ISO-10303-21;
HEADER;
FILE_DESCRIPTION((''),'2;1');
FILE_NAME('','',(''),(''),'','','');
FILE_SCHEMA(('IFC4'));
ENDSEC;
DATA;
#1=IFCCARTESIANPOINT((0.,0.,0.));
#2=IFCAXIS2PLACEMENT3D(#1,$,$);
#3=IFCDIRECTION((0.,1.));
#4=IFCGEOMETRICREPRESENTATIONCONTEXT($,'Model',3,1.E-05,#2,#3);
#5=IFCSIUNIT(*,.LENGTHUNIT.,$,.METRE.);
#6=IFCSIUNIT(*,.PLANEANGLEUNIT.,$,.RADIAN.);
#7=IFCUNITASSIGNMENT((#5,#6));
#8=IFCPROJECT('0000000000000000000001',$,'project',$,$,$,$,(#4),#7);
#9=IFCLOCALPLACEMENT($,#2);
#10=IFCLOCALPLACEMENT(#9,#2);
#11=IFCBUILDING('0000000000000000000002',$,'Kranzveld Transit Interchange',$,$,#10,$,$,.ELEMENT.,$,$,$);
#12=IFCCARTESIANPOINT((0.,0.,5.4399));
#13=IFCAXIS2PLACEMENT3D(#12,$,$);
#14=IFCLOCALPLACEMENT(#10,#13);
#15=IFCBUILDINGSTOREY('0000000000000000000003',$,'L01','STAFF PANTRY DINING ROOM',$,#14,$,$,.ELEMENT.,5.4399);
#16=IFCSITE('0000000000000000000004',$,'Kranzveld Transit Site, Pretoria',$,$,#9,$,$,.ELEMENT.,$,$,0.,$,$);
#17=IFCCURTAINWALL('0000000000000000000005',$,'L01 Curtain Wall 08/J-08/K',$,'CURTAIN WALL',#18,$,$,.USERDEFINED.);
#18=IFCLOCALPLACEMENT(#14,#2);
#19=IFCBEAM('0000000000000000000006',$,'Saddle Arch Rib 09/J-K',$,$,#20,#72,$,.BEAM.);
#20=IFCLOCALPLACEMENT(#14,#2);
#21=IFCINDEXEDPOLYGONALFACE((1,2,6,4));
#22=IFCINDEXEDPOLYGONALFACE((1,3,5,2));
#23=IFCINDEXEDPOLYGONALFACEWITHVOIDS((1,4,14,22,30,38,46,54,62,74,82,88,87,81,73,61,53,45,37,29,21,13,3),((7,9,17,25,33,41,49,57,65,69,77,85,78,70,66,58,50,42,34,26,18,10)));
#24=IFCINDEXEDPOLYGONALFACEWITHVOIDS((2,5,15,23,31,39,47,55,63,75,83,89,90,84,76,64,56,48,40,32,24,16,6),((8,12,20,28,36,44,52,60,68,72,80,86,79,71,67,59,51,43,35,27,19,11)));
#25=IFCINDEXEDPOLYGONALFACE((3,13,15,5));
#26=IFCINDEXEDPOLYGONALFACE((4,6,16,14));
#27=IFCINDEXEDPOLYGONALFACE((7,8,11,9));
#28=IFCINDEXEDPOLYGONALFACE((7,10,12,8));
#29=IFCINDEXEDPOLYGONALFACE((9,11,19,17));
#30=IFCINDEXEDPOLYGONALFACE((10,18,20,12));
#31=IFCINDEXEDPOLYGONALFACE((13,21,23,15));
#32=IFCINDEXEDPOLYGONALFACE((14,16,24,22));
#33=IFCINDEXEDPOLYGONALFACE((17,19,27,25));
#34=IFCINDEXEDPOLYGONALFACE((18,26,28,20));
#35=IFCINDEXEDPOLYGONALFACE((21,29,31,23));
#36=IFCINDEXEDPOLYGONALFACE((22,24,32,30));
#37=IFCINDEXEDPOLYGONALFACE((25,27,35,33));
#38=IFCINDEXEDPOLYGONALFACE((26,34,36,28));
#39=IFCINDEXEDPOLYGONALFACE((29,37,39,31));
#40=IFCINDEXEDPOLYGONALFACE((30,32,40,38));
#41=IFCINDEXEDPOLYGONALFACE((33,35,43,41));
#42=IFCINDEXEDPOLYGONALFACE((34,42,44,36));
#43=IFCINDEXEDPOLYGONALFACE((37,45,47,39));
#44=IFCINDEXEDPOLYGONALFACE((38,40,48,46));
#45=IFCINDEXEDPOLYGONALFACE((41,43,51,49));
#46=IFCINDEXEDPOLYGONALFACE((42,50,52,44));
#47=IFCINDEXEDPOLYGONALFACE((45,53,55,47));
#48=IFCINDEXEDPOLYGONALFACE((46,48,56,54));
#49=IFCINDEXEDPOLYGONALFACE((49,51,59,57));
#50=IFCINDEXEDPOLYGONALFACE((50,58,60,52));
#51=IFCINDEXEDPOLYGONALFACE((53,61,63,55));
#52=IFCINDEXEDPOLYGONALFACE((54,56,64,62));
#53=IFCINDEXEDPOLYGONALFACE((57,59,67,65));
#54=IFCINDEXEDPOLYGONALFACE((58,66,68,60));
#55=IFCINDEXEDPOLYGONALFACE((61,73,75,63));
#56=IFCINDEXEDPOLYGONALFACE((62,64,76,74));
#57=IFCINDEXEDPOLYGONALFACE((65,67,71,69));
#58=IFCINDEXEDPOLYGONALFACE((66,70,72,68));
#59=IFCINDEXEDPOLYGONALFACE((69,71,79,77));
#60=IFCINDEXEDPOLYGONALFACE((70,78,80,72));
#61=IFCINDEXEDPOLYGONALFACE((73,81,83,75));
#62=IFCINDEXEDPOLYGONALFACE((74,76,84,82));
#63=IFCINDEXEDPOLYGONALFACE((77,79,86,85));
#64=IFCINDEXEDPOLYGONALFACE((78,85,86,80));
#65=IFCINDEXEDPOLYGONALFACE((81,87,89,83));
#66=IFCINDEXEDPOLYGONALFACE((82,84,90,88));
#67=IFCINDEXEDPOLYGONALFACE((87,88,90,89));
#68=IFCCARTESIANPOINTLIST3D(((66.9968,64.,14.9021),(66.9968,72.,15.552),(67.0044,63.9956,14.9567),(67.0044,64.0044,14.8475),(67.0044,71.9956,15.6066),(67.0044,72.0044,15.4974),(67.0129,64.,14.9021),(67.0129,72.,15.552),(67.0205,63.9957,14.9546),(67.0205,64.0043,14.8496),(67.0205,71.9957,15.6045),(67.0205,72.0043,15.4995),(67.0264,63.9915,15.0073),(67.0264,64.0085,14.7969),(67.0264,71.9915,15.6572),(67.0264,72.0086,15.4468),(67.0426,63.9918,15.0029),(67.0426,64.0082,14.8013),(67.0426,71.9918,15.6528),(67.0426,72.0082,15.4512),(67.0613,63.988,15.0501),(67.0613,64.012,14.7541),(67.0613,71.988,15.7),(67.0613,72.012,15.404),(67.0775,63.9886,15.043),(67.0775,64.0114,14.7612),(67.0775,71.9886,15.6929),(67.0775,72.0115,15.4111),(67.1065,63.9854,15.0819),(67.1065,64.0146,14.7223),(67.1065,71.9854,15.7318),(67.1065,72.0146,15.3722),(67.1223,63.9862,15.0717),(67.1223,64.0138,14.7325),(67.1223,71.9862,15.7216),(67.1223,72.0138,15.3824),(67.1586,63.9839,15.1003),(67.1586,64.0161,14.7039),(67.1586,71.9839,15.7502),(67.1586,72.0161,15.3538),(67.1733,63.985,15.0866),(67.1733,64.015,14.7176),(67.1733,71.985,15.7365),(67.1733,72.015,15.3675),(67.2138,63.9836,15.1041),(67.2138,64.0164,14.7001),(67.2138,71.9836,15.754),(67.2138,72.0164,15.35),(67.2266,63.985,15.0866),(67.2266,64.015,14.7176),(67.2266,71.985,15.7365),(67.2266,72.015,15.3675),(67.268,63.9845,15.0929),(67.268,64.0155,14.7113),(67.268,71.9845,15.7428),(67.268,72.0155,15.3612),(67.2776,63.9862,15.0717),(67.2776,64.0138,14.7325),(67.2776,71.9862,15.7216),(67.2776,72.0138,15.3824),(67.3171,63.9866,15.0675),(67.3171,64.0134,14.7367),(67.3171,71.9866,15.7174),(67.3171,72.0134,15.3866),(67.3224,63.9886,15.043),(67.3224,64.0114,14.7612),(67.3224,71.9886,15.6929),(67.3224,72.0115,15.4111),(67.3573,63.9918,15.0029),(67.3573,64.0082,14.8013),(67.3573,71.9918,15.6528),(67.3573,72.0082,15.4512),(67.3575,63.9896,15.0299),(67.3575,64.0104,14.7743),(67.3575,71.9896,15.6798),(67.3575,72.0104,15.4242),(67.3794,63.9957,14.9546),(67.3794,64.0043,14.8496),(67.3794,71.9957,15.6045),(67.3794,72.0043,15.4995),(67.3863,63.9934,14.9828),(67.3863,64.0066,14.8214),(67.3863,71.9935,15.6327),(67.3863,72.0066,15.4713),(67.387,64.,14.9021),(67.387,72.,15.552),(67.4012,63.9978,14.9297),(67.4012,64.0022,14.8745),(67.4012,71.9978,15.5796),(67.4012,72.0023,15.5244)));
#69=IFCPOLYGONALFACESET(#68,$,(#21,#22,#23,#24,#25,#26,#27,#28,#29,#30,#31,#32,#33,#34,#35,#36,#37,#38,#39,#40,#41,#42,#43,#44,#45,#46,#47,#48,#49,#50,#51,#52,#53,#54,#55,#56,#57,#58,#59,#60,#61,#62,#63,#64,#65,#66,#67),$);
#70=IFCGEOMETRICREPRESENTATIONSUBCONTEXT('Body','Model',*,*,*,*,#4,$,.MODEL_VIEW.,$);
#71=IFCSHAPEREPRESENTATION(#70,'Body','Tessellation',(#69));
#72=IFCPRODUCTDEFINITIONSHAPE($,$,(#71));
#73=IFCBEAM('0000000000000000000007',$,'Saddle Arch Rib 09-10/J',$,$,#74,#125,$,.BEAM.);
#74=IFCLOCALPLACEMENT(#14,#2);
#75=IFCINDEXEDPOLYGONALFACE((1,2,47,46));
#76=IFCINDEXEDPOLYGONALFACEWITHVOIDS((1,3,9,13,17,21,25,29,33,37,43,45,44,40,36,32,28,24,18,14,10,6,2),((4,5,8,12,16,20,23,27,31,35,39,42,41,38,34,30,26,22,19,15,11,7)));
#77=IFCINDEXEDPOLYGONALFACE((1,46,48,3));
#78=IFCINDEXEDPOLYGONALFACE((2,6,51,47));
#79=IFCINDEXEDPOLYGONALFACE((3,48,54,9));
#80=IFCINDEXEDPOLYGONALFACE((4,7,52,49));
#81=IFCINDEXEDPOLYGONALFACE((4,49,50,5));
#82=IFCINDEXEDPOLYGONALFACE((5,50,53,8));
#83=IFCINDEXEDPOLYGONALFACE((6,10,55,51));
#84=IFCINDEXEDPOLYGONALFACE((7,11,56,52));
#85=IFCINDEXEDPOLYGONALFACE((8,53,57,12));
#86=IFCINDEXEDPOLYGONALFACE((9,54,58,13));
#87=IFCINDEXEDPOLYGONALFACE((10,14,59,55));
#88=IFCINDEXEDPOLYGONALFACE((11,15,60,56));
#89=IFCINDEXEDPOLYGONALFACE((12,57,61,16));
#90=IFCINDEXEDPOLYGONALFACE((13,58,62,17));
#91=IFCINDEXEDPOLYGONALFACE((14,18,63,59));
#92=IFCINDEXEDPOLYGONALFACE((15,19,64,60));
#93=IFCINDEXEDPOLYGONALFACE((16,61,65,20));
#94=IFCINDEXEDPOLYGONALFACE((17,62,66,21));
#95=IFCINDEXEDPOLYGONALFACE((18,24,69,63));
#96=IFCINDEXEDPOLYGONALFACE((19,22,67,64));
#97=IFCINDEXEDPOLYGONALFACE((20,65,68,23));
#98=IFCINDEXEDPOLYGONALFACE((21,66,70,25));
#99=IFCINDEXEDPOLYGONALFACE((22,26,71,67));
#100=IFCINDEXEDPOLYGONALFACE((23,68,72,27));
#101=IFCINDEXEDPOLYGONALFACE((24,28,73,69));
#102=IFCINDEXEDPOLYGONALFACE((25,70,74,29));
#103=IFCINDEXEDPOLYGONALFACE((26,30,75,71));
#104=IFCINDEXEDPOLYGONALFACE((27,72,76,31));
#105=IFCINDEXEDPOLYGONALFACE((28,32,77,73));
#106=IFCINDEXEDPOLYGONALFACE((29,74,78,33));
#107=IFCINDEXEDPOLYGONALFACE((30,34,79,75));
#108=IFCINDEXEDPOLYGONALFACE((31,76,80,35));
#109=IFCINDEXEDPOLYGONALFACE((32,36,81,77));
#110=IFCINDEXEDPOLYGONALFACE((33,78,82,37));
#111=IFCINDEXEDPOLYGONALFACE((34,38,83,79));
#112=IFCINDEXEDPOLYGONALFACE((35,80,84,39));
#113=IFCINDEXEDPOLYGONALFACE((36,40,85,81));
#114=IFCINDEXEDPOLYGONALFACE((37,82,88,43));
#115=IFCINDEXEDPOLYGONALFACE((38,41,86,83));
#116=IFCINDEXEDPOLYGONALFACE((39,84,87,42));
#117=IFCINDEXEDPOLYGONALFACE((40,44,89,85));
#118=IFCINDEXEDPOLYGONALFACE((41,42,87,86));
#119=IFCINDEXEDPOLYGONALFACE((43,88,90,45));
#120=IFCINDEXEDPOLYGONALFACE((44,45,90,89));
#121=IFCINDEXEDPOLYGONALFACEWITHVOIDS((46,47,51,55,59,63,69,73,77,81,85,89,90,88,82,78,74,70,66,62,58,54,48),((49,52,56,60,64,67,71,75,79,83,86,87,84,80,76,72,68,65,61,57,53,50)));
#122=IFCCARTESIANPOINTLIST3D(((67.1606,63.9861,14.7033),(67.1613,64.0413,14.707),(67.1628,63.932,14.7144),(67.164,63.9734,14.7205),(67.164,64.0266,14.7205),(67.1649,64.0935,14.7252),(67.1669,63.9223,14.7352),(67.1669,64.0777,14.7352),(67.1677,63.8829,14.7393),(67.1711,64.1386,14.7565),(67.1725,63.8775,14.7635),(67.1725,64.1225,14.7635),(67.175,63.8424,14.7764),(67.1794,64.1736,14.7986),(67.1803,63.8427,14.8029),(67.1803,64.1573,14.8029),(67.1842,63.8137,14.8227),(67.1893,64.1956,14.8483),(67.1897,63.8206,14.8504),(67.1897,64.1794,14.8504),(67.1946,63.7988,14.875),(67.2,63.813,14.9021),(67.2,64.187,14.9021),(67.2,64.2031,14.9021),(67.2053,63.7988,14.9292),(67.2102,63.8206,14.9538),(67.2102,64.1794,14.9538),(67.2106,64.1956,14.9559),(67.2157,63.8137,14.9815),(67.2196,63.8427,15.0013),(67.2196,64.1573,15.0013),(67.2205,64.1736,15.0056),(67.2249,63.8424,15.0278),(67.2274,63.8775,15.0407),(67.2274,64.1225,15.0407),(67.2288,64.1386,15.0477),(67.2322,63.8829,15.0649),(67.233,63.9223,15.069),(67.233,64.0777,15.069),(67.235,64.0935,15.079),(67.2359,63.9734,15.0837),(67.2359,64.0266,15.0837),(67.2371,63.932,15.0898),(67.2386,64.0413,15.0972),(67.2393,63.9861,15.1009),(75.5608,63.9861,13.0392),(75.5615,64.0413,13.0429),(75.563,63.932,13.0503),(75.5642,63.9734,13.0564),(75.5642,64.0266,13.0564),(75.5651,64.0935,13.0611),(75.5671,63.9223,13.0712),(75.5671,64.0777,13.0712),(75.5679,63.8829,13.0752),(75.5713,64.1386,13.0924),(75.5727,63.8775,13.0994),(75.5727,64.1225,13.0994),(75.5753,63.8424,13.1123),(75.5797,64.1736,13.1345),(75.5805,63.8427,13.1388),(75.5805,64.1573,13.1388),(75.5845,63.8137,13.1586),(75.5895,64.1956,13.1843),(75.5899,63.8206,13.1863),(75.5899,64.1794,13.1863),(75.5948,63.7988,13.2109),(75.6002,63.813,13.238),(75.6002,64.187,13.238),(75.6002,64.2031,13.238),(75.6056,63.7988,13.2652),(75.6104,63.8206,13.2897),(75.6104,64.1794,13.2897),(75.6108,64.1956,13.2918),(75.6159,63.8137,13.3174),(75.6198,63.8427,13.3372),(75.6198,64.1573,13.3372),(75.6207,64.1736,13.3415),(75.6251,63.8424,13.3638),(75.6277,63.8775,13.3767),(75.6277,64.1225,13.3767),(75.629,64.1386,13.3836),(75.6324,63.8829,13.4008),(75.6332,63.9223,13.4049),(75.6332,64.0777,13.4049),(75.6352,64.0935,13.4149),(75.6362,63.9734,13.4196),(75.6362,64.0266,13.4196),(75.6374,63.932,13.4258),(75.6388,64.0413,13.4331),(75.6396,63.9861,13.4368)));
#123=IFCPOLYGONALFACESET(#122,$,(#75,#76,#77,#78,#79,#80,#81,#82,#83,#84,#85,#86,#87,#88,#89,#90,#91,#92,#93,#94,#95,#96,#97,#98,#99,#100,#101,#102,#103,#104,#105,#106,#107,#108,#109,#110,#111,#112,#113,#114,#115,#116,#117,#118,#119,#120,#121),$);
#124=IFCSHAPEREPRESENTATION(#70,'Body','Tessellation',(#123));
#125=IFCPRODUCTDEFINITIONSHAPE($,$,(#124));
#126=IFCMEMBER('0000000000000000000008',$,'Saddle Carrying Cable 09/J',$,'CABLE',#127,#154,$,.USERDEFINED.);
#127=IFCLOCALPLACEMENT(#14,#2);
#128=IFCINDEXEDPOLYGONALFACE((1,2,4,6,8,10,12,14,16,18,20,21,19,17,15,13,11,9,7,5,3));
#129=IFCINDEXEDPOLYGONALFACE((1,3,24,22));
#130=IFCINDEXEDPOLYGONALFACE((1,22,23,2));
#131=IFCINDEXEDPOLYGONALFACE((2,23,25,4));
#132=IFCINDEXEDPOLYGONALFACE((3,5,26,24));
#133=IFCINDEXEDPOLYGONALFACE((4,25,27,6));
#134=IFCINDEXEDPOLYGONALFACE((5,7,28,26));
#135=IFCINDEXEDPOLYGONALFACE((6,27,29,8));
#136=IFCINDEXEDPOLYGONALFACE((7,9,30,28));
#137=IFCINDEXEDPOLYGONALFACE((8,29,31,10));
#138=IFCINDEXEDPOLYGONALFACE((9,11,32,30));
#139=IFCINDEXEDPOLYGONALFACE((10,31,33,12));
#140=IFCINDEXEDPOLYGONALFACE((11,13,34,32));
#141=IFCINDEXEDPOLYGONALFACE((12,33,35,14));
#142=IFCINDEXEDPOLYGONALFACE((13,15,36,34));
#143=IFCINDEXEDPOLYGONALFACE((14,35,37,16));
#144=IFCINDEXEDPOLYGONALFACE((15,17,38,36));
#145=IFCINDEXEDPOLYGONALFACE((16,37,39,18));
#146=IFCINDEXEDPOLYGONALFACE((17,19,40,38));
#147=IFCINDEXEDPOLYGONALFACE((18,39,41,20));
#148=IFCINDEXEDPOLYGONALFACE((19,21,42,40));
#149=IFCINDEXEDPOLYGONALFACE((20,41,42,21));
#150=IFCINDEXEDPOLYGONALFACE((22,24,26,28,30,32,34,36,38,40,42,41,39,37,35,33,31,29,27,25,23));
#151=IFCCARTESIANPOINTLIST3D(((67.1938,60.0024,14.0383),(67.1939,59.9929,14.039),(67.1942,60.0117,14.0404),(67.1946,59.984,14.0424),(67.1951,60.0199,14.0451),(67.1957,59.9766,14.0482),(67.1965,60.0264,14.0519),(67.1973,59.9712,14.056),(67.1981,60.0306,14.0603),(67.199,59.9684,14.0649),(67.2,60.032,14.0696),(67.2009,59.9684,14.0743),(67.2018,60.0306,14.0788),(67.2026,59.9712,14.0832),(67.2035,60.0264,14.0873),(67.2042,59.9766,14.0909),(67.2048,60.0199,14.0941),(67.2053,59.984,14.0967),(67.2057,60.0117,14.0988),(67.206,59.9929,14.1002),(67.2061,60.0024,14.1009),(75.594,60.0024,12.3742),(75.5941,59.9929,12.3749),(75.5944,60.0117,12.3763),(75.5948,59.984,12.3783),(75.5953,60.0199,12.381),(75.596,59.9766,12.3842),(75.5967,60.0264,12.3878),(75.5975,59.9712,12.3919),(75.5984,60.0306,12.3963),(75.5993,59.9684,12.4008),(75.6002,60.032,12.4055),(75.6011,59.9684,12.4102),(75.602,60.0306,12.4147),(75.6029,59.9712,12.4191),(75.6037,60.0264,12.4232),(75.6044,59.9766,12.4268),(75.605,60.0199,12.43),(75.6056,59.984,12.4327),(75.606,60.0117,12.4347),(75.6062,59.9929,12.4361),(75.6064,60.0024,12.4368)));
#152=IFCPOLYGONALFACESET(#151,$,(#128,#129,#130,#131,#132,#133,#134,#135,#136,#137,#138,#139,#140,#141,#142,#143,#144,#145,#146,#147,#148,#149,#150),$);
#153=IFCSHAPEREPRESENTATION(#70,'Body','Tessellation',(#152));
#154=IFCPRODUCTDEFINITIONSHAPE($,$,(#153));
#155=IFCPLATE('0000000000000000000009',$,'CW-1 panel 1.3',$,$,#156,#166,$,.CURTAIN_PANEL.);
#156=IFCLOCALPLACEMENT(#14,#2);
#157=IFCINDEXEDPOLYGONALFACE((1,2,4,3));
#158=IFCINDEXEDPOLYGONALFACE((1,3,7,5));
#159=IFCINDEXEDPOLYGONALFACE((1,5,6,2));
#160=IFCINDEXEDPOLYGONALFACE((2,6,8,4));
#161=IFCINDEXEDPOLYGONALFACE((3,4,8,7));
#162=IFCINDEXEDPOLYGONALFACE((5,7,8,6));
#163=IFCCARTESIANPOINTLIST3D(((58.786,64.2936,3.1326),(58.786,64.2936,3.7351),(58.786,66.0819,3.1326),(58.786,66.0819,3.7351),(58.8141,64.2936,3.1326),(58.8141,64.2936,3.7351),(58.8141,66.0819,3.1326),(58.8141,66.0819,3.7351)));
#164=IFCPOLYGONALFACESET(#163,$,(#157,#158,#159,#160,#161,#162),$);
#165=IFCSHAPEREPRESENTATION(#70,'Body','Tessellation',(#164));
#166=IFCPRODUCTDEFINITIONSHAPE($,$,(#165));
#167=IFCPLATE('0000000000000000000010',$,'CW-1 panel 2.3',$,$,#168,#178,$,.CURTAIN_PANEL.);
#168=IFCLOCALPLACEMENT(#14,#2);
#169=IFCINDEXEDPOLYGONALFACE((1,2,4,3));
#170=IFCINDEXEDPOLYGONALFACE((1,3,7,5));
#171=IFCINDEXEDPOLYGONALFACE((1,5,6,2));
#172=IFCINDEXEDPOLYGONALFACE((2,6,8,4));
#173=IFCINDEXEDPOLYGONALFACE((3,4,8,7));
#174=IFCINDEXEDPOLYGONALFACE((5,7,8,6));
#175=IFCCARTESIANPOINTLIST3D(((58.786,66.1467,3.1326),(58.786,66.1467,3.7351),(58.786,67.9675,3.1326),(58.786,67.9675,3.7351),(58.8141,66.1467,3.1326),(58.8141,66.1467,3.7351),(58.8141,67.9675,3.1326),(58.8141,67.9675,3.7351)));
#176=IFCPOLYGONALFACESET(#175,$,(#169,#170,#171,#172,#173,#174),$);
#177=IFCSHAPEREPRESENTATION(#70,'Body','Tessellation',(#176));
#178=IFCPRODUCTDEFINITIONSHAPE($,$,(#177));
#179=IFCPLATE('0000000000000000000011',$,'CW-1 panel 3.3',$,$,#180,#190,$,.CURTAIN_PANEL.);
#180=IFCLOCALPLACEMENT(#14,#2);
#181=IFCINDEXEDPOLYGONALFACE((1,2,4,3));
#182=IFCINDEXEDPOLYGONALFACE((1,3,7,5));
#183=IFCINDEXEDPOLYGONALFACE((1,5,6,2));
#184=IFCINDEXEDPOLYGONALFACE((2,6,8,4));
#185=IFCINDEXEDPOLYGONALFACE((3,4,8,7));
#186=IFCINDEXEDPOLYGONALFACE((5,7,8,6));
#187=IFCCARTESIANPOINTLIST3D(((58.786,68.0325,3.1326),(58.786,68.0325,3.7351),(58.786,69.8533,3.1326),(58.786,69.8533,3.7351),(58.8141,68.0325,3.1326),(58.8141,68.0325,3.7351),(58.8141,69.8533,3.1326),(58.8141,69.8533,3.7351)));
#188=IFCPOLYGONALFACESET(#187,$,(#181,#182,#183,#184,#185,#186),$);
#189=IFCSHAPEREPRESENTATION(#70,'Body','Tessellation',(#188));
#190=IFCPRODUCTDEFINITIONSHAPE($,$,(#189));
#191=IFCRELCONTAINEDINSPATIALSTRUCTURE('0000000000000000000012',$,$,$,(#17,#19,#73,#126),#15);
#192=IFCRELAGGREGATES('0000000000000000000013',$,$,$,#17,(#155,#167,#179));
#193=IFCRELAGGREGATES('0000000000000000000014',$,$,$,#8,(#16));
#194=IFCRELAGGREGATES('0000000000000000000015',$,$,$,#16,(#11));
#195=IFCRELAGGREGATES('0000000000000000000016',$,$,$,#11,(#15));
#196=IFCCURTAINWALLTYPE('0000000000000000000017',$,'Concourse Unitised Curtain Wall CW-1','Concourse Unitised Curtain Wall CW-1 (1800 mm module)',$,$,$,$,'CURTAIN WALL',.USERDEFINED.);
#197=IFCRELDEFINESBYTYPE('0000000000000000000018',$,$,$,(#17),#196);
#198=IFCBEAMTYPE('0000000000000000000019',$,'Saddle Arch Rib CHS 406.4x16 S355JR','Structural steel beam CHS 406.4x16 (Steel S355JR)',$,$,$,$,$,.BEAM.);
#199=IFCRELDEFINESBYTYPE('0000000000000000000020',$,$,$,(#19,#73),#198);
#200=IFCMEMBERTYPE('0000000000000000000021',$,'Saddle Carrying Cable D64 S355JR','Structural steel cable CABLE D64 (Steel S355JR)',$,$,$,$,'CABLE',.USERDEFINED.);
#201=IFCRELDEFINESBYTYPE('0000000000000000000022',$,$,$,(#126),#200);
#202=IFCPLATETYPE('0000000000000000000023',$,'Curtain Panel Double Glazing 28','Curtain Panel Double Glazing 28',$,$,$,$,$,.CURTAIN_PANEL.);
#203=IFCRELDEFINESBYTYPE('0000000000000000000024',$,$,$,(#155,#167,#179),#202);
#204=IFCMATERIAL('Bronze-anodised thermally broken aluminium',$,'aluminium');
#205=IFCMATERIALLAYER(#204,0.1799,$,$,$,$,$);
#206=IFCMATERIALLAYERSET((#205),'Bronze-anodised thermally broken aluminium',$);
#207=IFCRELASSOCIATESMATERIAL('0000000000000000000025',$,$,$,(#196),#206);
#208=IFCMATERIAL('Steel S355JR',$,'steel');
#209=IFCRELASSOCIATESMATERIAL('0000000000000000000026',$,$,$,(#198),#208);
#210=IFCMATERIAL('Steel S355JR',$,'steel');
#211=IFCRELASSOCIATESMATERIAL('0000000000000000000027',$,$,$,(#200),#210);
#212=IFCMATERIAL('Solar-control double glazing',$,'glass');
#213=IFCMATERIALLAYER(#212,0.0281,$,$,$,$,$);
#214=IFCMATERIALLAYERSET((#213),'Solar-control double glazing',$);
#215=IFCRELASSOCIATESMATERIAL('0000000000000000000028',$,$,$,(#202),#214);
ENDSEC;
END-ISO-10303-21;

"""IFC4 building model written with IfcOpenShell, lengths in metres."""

from ifc_helpers import new_model, si_unit, direction, frame, origin, origin_2d, place, context, subcontext, project, spatial, rectangle, circle, hollow_circle, extrude, material, layer, layer_set, material_profile, profile_set, type_object, element, aggregate, save


model = new_model("IFC4")

# Units and contexts
model_context = context("Model", 3, precision=1e-05, world=origin(), true_north=direction((0.0, 1.0)))
body_context = subcontext(model_context, "Body", "Model", "MODEL_VIEW")
ifc_project = project(units=[si_unit("LENGTHUNIT", "METRE"), si_unit("PLANEANGLEUNIT", "RADIAN")], contexts=[model_context])

# Site, building, storey
site_placement = place(None, origin())
site = spatial("IfcSite", under=ifc_project, at=site_placement, Name="Kranzveld Transit Site, Pretoria", CompositionType="ELEMENT", RefElevation=0.0)
building_placement = place(site_placement, origin())
building = spatial("IfcBuilding", under=site, at=building_placement, Name="Kranzveld Transit Interchange", CompositionType="ELEMENT")
storey_placement = place(building_placement, frame((0.0, 0.0, 5.4399)))
storey = spatial("IfcBuildingStorey", under=building, at=storey_placement, Name="L01", Description="STAFF PANTRY DINING ROOM", CompositionType="ELEMENT", Elevation=5.4399)

# Curtain wall
ifc_material_1 = material(Name="Bronze-anodised thermally broken aluminium", Category="aluminium")
ifc_layer_1 = layer(ifc_material_1, 0.1799)
ifc_layer_set_1 = layer_set([ifc_layer_1], Name="Bronze-anodised thermally broken aluminium")
curtain_wall_type_1 = type_object("IfcCurtainWallType", Name="Concourse Unitised Curtain Wall CW-1", Description="Concourse Unitised Curtain Wall CW-1 (1800 mm module)", ElementType="CURTAIN WALL", PredefinedType="USERDEFINED", material=ifc_layer_set_1)
curtain_wall_1_placement = place(storey_placement, origin())
curtain_wall_1 = element("IfcCurtainWall", 1, at=curtain_wall_1_placement, inside=storey, type_object=curtain_wall_type_1, Name="L01 Curtain Wall 08/J-08/K", ObjectType="CURTAIN WALL", PredefinedType="USERDEFINED")

# Beams
ifc_material_2 = material(Name="Steel S355JR", Category="steel")
ifc_material_profile_1 = material_profile(ifc_material_2, hollow_circle(Radius=0.2031, WallThickness=0.0161, at=origin_2d()), Name="CHS 406.4x16")
ifc_profile_set_1 = profile_set([ifc_material_profile_1], Name="Steel S355JR")
beam_type = type_object("IfcBeamType", Name="Saddle Arch Rib CHS 406.4x16 S355JR", Description="Structural steel beam CHS 406.4x16 (Steel S355JR)", PredefinedType="BEAM", material=ifc_profile_set_1)
beam_1_placement = place(storey_placement, frame((67.2, 64.0, 14.9021), z_axis=(0.0, 0.996716, 0.080971), x_axis=(-1.0, 0.0, 0.0)))
element("IfcBeam", 2, at=beam_1_placement, inside=storey, type_object=beam_type, Name="Saddle Arch Rib 09/J-K", PredefinedType="BEAM", context=body_context, shape_type="SweptSolid", body=[
    extrude(hollow_circle(Radius=0.2031, WallThickness=0.0161, at=origin_2d()), origin(), (0.0, 0.0, 1.0), 8.0264),
])
beam_2_placement = place(storey_placement, frame((67.2, 64.0, 14.9021), z_axis=(0.980938, 0.0, -0.194323), x_axis=(0.0, 1.0, 0.0)))
element("IfcBeam", 3, at=beam_2_placement, inside=storey, type_object=beam_type, Name="Saddle Arch Rib 09-10/J", PredefinedType="BEAM", context=body_context, shape_type="SweptSolid", body=[
    extrude(hollow_circle(Radius=0.2031, WallThickness=0.0161, at=origin_2d()), origin(), (0.0, 0.0, 1.0), 8.5635),
])

# Member
ifc_material_3 = material(Name="Steel S355JR", Category="steel")
ifc_material_profile_2 = material_profile(ifc_material_3, circle(Radius=0.032, at=origin_2d()), Name="CABLE D64")
ifc_profile_set_2 = profile_set([ifc_material_profile_2], Name="Steel S355JR")
member_type_1 = type_object("IfcMemberType", Name="Saddle Carrying Cable D64 S355JR", Description="Structural steel cable CABLE D64 (Steel S355JR)", ElementType="CABLE", PredefinedType="USERDEFINED", material=ifc_profile_set_2)
member_1_placement = place(storey_placement, frame((67.2, 60.0, 14.0696), z_axis=(0.980938, 0.0, -0.194323), x_axis=(0.0, 1.0, 0.0)))
element("IfcMember", 4, at=member_1_placement, inside=storey, type_object=member_type_1, Name="Saddle Carrying Cable 09/J", ObjectType="CABLE", PredefinedType="USERDEFINED", context=body_context, shape_type="SweptSolid", body=[
    extrude(circle(Radius=0.032, at=origin_2d()), origin(), (0.0, 0.0, 1.0), 8.5635),
])

# Plates
ifc_material_4 = material(Name="Solar-control double glazing", Category="glass")
ifc_layer_2 = layer(ifc_material_4, 0.0281)
ifc_layer_set_2 = layer_set([ifc_layer_2], Name="Solar-control double glazing")
plate_type_1 = type_object("IfcPlateType", Name="Curtain Panel Double Glazing 28", Description="Curtain Panel Double Glazing 28", PredefinedType="CURTAIN_PANEL", material=ifc_layer_set_2)
plate_1_placement = place(storey_placement, frame((58.8, 65.1877, 3.1326), z_axis=(0.0, 0.0, 1.0), x_axis=(0.0, 1.0, 0.0)))
plate_1 = element("IfcPlate", 5, at=plate_1_placement, type_object=plate_type_1, Name="CW-1 panel 1.3", PredefinedType="CURTAIN_PANEL", context=body_context, shape_type="SweptSolid", body=[
    extrude(rectangle(XDim=1.7883, YDim=0.0281, at=origin_2d()), origin(), (0.0, 0.0, 1.0), 0.6025),
])
plate_2_placement = place(storey_placement, frame((58.8, 67.0571, 3.1326), z_axis=(0.0, 0.0, 1.0), x_axis=(0.0, 1.0, 0.0)))
plate_2 = element("IfcPlate", 6, at=plate_2_placement, type_object=plate_type_1, Name="CW-1 panel 2.3", PredefinedType="CURTAIN_PANEL", context=body_context, shape_type="SweptSolid", body=[
    extrude(rectangle(XDim=1.8208, YDim=0.0281, at=origin_2d()), origin(), (0.0, 0.0, 1.0), 0.6025),
])
plate_3_placement = place(storey_placement, frame((58.8, 68.9429, 3.1326), z_axis=(0.0, 0.0, 1.0), x_axis=(0.0, 1.0, 0.0)))
plate_3 = element("IfcPlate", 7, at=plate_3_placement, type_object=plate_type_1, Name="CW-1 panel 3.3", PredefinedType="CURTAIN_PANEL", context=body_context, shape_type="SweptSolid", body=[
    extrude(rectangle(XDim=1.8208, YDim=0.0281, at=origin_2d()), origin(), (0.0, 0.0, 1.0), 0.6025),
])
aggregate(curtain_wall_1, [plate_1, plate_2, plate_3])

save(model, "model.ifc")
